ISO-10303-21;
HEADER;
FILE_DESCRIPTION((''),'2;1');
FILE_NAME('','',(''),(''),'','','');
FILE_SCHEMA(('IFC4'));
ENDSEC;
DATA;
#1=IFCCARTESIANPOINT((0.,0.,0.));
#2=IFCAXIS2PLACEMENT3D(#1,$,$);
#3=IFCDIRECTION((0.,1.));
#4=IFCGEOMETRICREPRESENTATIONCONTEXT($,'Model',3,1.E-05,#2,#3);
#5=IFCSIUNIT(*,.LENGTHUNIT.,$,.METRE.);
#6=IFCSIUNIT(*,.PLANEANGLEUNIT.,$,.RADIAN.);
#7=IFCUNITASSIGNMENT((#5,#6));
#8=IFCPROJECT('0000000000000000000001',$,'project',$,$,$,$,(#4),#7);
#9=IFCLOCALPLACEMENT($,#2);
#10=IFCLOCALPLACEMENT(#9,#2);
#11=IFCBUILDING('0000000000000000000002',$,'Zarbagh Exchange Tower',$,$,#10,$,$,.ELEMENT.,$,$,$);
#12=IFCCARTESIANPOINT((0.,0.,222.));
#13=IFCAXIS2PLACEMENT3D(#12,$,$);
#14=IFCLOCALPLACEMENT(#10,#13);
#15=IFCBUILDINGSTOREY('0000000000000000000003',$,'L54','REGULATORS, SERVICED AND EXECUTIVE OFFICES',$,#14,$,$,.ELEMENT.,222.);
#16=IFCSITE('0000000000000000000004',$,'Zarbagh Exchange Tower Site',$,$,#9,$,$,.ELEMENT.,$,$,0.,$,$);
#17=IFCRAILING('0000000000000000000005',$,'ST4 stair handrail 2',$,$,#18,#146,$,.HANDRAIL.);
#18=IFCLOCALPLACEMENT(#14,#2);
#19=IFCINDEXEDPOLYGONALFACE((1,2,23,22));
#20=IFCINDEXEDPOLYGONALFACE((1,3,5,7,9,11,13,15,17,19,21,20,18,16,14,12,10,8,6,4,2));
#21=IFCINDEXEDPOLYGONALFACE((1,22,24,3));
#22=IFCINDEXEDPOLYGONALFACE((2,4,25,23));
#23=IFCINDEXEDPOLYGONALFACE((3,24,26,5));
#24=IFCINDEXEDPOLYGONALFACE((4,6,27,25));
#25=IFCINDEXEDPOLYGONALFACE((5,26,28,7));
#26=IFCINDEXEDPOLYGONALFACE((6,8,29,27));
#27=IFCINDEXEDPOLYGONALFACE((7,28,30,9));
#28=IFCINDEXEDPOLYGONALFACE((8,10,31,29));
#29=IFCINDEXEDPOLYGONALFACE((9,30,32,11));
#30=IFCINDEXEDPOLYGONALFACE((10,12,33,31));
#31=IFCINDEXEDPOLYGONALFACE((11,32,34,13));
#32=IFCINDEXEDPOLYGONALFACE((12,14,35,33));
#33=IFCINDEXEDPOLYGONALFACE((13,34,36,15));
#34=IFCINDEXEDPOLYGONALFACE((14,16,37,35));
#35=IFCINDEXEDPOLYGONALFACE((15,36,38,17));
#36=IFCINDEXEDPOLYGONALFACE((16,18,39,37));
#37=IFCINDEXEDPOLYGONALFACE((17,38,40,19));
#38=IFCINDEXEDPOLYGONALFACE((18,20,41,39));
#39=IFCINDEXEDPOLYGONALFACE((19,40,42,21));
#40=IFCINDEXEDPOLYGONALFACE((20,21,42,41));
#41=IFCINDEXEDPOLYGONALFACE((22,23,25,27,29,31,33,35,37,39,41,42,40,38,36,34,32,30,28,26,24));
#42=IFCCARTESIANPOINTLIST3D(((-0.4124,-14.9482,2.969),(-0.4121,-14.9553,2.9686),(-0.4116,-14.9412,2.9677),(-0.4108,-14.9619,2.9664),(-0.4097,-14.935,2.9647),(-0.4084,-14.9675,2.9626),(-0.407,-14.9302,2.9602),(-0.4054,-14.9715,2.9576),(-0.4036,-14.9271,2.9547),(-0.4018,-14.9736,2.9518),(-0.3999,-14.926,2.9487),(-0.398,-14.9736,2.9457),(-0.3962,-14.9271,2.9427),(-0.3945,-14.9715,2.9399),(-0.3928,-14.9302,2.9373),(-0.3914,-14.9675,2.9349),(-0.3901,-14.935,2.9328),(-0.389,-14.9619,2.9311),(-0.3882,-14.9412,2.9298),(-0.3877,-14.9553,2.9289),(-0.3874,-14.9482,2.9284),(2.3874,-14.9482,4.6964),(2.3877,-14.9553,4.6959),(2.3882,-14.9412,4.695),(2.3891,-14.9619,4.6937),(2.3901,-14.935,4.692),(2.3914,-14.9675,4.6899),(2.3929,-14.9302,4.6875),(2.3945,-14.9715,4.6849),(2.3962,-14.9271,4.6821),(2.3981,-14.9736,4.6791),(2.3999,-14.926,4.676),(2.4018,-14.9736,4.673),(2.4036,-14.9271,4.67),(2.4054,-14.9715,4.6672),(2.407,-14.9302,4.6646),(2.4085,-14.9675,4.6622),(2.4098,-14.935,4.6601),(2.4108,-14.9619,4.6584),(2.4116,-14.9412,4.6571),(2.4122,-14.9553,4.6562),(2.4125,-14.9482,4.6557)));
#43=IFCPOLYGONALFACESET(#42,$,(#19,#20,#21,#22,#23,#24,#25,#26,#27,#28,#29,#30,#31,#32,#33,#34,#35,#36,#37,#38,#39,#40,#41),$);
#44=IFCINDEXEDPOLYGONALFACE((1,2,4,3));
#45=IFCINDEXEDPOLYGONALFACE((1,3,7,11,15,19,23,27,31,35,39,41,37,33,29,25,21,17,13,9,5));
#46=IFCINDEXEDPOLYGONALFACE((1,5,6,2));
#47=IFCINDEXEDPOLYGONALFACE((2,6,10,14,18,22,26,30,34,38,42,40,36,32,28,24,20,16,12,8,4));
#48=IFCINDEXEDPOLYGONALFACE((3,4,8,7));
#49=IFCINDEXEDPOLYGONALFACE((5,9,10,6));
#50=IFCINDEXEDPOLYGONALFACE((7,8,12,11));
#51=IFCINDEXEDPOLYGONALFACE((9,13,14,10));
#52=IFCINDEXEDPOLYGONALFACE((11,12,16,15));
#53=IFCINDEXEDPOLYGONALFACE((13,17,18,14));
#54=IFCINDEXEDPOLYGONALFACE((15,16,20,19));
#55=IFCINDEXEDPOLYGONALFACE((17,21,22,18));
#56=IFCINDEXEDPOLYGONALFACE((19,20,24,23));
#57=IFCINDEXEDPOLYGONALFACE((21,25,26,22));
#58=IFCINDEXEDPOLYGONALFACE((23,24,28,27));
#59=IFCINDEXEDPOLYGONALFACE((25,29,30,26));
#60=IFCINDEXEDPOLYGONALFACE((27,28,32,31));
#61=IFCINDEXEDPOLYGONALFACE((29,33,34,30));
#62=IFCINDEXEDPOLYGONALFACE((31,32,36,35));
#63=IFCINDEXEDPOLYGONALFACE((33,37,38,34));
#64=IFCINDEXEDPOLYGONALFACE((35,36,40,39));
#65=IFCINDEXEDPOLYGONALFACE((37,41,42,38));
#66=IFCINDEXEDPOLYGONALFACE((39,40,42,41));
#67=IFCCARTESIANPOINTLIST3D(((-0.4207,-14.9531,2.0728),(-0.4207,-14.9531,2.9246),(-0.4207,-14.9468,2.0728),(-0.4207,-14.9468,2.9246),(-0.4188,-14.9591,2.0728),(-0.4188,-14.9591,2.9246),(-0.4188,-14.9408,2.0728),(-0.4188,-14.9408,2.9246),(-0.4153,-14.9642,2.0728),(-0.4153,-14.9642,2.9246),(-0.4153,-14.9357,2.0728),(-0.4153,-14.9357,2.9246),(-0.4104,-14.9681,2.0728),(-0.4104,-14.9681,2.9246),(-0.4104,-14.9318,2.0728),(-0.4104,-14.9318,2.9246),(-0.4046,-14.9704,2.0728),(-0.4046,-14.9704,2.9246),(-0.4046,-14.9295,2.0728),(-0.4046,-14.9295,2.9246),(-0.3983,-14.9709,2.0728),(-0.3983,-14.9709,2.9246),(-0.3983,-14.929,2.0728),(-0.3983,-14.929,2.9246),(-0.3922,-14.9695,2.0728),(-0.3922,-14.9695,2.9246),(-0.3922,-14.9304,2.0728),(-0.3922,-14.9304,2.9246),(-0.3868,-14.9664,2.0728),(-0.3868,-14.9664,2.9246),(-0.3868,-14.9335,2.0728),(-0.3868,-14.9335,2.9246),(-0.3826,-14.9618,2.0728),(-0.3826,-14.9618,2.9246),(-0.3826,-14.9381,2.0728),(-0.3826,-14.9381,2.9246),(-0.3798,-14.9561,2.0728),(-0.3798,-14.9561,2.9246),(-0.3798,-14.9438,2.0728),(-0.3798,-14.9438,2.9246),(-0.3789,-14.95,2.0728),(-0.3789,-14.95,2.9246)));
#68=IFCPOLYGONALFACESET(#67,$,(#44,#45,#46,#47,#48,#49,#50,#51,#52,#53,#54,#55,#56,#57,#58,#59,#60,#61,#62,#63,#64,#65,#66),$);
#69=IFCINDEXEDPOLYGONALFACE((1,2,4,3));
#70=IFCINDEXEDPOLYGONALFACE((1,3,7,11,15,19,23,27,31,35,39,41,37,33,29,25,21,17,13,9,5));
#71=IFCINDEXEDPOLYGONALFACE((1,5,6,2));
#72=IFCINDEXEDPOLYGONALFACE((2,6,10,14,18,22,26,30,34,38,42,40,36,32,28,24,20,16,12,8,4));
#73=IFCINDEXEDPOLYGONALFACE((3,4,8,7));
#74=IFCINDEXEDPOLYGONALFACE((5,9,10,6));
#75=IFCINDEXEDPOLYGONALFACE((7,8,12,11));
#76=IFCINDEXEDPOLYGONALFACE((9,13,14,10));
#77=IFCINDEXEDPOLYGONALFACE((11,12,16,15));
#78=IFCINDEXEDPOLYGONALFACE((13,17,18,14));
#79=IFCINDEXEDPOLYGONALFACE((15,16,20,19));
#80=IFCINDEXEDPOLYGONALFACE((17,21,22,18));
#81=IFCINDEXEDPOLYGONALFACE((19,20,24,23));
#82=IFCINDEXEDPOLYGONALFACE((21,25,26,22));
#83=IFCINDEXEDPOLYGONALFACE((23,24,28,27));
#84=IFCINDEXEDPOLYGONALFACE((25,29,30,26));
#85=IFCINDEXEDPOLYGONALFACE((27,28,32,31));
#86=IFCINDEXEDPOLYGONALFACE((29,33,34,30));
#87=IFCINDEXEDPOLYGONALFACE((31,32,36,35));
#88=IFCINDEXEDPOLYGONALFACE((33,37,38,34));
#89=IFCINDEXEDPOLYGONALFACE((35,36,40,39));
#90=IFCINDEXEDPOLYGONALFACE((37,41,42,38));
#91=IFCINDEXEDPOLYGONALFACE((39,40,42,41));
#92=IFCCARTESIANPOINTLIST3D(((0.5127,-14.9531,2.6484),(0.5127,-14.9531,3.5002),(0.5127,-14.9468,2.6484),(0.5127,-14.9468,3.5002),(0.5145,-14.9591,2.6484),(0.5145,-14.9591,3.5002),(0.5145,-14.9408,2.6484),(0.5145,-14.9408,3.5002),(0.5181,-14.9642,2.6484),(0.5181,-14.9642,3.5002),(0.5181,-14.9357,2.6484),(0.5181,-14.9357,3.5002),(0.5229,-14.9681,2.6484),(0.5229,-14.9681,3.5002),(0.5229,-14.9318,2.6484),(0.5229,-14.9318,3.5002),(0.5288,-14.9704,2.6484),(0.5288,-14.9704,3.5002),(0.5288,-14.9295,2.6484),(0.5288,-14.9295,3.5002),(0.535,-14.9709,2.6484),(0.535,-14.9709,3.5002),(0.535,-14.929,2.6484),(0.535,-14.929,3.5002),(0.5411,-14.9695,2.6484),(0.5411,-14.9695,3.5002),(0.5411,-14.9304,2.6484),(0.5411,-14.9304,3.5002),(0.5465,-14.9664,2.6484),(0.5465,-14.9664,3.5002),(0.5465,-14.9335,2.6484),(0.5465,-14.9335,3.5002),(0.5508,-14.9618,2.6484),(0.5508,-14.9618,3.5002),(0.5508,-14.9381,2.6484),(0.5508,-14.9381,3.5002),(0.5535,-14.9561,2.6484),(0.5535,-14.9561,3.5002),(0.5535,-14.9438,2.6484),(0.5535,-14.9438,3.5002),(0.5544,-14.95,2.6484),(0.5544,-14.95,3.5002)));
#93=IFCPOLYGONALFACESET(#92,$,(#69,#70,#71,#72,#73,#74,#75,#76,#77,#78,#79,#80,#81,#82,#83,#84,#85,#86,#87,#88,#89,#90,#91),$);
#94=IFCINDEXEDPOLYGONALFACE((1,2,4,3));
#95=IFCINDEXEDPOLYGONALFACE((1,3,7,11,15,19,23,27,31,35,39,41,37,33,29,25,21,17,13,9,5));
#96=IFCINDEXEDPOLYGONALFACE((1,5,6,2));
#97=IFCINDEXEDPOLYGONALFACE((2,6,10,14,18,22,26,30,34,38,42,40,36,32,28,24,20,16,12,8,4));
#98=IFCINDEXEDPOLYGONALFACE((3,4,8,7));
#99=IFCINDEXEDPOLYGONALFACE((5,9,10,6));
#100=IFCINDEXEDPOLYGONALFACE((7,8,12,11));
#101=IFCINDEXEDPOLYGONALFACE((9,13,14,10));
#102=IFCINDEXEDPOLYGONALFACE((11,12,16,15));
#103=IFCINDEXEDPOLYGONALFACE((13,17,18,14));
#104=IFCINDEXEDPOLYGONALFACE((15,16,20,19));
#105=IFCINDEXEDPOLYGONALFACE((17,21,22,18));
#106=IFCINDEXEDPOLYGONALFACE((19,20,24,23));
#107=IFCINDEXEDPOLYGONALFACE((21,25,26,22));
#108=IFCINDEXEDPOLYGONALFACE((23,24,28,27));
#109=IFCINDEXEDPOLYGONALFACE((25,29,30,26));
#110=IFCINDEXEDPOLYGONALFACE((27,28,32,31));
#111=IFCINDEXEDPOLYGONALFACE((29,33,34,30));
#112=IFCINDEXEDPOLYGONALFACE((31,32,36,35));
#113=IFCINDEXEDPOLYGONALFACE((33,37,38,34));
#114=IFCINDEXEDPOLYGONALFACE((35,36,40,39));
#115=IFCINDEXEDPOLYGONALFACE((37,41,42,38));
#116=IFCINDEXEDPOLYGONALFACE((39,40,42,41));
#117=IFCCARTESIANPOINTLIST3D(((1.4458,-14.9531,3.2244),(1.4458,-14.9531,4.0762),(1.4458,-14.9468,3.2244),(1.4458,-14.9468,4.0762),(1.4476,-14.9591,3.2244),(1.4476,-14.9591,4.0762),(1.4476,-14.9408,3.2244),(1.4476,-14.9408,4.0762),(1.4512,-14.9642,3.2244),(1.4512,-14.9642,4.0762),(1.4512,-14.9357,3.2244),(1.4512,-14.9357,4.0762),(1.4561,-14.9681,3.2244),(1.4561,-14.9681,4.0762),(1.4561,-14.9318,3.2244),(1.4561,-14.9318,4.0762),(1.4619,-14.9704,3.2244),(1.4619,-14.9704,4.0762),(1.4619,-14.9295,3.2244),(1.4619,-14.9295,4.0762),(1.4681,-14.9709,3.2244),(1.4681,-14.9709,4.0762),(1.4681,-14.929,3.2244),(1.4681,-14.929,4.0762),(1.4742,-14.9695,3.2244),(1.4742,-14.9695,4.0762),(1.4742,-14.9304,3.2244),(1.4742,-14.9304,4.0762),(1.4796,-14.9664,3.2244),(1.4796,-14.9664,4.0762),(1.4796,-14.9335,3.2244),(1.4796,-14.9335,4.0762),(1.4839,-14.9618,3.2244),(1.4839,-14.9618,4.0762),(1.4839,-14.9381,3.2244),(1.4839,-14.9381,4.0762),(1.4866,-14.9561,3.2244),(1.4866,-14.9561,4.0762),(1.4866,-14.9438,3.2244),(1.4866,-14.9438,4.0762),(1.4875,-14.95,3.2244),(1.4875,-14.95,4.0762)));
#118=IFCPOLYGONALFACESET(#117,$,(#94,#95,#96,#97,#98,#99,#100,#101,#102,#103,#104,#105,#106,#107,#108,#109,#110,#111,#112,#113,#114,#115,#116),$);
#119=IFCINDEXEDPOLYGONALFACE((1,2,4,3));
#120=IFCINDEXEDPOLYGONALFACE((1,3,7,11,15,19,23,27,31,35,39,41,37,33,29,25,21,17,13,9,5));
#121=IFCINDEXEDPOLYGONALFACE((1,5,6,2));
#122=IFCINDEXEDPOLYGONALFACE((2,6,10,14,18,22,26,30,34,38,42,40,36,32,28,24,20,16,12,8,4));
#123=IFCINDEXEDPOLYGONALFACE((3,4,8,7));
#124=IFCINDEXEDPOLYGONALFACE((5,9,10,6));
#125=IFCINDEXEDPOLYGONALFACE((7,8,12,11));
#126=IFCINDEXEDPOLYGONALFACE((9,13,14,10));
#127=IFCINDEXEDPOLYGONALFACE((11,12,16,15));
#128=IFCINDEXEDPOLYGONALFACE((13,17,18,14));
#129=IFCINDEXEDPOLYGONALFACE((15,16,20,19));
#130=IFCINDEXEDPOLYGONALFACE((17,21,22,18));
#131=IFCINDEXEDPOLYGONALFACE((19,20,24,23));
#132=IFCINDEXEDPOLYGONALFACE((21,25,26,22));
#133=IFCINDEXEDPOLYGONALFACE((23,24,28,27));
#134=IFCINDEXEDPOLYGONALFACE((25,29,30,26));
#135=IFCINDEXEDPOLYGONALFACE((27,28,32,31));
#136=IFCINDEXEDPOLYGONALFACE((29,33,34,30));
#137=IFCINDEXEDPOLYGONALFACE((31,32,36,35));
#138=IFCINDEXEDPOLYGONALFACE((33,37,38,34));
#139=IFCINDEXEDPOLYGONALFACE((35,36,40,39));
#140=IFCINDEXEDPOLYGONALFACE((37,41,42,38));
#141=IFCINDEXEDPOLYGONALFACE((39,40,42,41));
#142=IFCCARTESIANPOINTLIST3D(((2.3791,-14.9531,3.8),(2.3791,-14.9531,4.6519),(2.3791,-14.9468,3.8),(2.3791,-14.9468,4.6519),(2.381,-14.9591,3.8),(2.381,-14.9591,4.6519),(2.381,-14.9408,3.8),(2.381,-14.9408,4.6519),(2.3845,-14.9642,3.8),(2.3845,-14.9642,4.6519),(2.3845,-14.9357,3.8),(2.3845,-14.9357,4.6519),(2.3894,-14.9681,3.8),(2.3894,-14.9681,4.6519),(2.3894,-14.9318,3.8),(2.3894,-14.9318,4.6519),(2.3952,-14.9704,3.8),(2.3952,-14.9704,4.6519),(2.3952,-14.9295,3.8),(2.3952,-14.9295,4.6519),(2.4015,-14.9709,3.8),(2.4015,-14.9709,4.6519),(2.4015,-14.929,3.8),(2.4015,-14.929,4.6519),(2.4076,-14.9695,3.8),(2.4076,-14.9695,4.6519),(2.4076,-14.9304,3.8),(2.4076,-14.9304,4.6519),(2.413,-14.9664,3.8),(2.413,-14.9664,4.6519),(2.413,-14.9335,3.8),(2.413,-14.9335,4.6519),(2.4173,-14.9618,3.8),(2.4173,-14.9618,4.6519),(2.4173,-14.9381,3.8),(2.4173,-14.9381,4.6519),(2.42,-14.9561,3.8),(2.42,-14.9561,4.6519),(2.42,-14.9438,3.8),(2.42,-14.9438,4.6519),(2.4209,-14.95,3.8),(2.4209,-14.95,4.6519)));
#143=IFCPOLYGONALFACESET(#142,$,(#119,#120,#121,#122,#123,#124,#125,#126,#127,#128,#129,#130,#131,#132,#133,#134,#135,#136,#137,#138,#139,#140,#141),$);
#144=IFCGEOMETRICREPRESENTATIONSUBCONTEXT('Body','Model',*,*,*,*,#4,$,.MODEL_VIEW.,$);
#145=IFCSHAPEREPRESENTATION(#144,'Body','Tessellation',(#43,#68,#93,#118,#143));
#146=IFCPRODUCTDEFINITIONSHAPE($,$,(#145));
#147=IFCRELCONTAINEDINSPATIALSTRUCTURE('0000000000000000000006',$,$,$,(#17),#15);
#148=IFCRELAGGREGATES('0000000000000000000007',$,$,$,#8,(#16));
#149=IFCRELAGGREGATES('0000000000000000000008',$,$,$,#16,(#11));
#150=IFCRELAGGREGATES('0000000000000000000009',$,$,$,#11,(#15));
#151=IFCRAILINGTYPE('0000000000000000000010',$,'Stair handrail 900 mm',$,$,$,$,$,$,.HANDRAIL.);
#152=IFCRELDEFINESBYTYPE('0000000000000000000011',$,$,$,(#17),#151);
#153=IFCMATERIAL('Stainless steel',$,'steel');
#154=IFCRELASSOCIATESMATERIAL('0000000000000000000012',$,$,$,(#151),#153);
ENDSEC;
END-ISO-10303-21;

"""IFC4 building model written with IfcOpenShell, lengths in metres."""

from ifc_helpers import new_model, si_unit, direction, frame, origin, origin_2d, place, context, subcontext, project, spatial, circle, extrude, material, type_object, element, save


model = new_model("IFC4")

# Units and contexts
model_context = context("Model", 3, precision=1e-05, world=origin(), true_north=direction((0.0, 1.0)))
body_context = subcontext(model_context, "Body", "Model", "MODEL_VIEW")
ifc_project = project(units=[si_unit("LENGTHUNIT", "METRE"), si_unit("PLANEANGLEUNIT", "RADIAN")], contexts=[model_context])

# Site, building, storey
site_placement = place(None, origin())
site = spatial("IfcSite", under=ifc_project, at=site_placement, Name="Zarbagh Exchange Tower Site", CompositionType="ELEMENT", RefElevation=0.0)
building_placement = place(site_placement, origin())
building = spatial("IfcBuilding", under=site, at=building_placement, Name="Zarbagh Exchange Tower", CompositionType="ELEMENT")
storey_placement = place(building_placement, frame((0.0, 0.0, 222.0)))
storey = spatial("IfcBuildingStorey", under=building, at=storey_placement, Name="L54", Description="REGULATORS, SERVICED AND EXECUTIVE OFFICES", CompositionType="ELEMENT", Elevation=222.0)

# Shared definitions
ifc_material_1 = material(Name="Stainless steel", Category="steel")

# Railing
railing_type = type_object("IfcRailingType", Name="Stair handrail 900 mm", PredefinedType="HANDRAIL", material=ifc_material_1)
railing_placement = place(storey_placement, frame((-0.3999, -14.95, 2.0728)))
element("IfcRailing", 1, at=railing_placement, inside=storey, type_object=railing_type, Name="ST4 stair handrail 2", PredefinedType="HANDRAIL", context=body_context, shape_type="SweptSolid", body=[
    extrude(circle(Radius=0.0239, at=origin_2d()), frame((0.0, 0.0, 0.876), z_axis=(0.851069, 0.0, 0.525054), x_axis=(0.0, 1.0, 0.0)), (0.0, 0.0, 1.0), 3.2898),
    extrude(circle(Radius=0.021, at=origin_2d()), origin(), (0.0, 0.0, 1.0), 0.8518),
    extrude(circle(Radius=0.021, at=origin_2d()), frame((0.9333, 0.0, 0.5757)), (0.0, 0.0, 1.0), 0.8518),
    extrude(circle(Radius=0.021, at=origin_2d()), frame((1.8665, 0.0, 1.1516)), (0.0, 0.0, 1.0), 0.8518),
    extrude(circle(Radius=0.021, at=origin_2d()), frame((2.7998, 0.0, 1.7273)), (0.0, 0.0, 1.0), 0.8518),
])

save(model, "model.ifc")
